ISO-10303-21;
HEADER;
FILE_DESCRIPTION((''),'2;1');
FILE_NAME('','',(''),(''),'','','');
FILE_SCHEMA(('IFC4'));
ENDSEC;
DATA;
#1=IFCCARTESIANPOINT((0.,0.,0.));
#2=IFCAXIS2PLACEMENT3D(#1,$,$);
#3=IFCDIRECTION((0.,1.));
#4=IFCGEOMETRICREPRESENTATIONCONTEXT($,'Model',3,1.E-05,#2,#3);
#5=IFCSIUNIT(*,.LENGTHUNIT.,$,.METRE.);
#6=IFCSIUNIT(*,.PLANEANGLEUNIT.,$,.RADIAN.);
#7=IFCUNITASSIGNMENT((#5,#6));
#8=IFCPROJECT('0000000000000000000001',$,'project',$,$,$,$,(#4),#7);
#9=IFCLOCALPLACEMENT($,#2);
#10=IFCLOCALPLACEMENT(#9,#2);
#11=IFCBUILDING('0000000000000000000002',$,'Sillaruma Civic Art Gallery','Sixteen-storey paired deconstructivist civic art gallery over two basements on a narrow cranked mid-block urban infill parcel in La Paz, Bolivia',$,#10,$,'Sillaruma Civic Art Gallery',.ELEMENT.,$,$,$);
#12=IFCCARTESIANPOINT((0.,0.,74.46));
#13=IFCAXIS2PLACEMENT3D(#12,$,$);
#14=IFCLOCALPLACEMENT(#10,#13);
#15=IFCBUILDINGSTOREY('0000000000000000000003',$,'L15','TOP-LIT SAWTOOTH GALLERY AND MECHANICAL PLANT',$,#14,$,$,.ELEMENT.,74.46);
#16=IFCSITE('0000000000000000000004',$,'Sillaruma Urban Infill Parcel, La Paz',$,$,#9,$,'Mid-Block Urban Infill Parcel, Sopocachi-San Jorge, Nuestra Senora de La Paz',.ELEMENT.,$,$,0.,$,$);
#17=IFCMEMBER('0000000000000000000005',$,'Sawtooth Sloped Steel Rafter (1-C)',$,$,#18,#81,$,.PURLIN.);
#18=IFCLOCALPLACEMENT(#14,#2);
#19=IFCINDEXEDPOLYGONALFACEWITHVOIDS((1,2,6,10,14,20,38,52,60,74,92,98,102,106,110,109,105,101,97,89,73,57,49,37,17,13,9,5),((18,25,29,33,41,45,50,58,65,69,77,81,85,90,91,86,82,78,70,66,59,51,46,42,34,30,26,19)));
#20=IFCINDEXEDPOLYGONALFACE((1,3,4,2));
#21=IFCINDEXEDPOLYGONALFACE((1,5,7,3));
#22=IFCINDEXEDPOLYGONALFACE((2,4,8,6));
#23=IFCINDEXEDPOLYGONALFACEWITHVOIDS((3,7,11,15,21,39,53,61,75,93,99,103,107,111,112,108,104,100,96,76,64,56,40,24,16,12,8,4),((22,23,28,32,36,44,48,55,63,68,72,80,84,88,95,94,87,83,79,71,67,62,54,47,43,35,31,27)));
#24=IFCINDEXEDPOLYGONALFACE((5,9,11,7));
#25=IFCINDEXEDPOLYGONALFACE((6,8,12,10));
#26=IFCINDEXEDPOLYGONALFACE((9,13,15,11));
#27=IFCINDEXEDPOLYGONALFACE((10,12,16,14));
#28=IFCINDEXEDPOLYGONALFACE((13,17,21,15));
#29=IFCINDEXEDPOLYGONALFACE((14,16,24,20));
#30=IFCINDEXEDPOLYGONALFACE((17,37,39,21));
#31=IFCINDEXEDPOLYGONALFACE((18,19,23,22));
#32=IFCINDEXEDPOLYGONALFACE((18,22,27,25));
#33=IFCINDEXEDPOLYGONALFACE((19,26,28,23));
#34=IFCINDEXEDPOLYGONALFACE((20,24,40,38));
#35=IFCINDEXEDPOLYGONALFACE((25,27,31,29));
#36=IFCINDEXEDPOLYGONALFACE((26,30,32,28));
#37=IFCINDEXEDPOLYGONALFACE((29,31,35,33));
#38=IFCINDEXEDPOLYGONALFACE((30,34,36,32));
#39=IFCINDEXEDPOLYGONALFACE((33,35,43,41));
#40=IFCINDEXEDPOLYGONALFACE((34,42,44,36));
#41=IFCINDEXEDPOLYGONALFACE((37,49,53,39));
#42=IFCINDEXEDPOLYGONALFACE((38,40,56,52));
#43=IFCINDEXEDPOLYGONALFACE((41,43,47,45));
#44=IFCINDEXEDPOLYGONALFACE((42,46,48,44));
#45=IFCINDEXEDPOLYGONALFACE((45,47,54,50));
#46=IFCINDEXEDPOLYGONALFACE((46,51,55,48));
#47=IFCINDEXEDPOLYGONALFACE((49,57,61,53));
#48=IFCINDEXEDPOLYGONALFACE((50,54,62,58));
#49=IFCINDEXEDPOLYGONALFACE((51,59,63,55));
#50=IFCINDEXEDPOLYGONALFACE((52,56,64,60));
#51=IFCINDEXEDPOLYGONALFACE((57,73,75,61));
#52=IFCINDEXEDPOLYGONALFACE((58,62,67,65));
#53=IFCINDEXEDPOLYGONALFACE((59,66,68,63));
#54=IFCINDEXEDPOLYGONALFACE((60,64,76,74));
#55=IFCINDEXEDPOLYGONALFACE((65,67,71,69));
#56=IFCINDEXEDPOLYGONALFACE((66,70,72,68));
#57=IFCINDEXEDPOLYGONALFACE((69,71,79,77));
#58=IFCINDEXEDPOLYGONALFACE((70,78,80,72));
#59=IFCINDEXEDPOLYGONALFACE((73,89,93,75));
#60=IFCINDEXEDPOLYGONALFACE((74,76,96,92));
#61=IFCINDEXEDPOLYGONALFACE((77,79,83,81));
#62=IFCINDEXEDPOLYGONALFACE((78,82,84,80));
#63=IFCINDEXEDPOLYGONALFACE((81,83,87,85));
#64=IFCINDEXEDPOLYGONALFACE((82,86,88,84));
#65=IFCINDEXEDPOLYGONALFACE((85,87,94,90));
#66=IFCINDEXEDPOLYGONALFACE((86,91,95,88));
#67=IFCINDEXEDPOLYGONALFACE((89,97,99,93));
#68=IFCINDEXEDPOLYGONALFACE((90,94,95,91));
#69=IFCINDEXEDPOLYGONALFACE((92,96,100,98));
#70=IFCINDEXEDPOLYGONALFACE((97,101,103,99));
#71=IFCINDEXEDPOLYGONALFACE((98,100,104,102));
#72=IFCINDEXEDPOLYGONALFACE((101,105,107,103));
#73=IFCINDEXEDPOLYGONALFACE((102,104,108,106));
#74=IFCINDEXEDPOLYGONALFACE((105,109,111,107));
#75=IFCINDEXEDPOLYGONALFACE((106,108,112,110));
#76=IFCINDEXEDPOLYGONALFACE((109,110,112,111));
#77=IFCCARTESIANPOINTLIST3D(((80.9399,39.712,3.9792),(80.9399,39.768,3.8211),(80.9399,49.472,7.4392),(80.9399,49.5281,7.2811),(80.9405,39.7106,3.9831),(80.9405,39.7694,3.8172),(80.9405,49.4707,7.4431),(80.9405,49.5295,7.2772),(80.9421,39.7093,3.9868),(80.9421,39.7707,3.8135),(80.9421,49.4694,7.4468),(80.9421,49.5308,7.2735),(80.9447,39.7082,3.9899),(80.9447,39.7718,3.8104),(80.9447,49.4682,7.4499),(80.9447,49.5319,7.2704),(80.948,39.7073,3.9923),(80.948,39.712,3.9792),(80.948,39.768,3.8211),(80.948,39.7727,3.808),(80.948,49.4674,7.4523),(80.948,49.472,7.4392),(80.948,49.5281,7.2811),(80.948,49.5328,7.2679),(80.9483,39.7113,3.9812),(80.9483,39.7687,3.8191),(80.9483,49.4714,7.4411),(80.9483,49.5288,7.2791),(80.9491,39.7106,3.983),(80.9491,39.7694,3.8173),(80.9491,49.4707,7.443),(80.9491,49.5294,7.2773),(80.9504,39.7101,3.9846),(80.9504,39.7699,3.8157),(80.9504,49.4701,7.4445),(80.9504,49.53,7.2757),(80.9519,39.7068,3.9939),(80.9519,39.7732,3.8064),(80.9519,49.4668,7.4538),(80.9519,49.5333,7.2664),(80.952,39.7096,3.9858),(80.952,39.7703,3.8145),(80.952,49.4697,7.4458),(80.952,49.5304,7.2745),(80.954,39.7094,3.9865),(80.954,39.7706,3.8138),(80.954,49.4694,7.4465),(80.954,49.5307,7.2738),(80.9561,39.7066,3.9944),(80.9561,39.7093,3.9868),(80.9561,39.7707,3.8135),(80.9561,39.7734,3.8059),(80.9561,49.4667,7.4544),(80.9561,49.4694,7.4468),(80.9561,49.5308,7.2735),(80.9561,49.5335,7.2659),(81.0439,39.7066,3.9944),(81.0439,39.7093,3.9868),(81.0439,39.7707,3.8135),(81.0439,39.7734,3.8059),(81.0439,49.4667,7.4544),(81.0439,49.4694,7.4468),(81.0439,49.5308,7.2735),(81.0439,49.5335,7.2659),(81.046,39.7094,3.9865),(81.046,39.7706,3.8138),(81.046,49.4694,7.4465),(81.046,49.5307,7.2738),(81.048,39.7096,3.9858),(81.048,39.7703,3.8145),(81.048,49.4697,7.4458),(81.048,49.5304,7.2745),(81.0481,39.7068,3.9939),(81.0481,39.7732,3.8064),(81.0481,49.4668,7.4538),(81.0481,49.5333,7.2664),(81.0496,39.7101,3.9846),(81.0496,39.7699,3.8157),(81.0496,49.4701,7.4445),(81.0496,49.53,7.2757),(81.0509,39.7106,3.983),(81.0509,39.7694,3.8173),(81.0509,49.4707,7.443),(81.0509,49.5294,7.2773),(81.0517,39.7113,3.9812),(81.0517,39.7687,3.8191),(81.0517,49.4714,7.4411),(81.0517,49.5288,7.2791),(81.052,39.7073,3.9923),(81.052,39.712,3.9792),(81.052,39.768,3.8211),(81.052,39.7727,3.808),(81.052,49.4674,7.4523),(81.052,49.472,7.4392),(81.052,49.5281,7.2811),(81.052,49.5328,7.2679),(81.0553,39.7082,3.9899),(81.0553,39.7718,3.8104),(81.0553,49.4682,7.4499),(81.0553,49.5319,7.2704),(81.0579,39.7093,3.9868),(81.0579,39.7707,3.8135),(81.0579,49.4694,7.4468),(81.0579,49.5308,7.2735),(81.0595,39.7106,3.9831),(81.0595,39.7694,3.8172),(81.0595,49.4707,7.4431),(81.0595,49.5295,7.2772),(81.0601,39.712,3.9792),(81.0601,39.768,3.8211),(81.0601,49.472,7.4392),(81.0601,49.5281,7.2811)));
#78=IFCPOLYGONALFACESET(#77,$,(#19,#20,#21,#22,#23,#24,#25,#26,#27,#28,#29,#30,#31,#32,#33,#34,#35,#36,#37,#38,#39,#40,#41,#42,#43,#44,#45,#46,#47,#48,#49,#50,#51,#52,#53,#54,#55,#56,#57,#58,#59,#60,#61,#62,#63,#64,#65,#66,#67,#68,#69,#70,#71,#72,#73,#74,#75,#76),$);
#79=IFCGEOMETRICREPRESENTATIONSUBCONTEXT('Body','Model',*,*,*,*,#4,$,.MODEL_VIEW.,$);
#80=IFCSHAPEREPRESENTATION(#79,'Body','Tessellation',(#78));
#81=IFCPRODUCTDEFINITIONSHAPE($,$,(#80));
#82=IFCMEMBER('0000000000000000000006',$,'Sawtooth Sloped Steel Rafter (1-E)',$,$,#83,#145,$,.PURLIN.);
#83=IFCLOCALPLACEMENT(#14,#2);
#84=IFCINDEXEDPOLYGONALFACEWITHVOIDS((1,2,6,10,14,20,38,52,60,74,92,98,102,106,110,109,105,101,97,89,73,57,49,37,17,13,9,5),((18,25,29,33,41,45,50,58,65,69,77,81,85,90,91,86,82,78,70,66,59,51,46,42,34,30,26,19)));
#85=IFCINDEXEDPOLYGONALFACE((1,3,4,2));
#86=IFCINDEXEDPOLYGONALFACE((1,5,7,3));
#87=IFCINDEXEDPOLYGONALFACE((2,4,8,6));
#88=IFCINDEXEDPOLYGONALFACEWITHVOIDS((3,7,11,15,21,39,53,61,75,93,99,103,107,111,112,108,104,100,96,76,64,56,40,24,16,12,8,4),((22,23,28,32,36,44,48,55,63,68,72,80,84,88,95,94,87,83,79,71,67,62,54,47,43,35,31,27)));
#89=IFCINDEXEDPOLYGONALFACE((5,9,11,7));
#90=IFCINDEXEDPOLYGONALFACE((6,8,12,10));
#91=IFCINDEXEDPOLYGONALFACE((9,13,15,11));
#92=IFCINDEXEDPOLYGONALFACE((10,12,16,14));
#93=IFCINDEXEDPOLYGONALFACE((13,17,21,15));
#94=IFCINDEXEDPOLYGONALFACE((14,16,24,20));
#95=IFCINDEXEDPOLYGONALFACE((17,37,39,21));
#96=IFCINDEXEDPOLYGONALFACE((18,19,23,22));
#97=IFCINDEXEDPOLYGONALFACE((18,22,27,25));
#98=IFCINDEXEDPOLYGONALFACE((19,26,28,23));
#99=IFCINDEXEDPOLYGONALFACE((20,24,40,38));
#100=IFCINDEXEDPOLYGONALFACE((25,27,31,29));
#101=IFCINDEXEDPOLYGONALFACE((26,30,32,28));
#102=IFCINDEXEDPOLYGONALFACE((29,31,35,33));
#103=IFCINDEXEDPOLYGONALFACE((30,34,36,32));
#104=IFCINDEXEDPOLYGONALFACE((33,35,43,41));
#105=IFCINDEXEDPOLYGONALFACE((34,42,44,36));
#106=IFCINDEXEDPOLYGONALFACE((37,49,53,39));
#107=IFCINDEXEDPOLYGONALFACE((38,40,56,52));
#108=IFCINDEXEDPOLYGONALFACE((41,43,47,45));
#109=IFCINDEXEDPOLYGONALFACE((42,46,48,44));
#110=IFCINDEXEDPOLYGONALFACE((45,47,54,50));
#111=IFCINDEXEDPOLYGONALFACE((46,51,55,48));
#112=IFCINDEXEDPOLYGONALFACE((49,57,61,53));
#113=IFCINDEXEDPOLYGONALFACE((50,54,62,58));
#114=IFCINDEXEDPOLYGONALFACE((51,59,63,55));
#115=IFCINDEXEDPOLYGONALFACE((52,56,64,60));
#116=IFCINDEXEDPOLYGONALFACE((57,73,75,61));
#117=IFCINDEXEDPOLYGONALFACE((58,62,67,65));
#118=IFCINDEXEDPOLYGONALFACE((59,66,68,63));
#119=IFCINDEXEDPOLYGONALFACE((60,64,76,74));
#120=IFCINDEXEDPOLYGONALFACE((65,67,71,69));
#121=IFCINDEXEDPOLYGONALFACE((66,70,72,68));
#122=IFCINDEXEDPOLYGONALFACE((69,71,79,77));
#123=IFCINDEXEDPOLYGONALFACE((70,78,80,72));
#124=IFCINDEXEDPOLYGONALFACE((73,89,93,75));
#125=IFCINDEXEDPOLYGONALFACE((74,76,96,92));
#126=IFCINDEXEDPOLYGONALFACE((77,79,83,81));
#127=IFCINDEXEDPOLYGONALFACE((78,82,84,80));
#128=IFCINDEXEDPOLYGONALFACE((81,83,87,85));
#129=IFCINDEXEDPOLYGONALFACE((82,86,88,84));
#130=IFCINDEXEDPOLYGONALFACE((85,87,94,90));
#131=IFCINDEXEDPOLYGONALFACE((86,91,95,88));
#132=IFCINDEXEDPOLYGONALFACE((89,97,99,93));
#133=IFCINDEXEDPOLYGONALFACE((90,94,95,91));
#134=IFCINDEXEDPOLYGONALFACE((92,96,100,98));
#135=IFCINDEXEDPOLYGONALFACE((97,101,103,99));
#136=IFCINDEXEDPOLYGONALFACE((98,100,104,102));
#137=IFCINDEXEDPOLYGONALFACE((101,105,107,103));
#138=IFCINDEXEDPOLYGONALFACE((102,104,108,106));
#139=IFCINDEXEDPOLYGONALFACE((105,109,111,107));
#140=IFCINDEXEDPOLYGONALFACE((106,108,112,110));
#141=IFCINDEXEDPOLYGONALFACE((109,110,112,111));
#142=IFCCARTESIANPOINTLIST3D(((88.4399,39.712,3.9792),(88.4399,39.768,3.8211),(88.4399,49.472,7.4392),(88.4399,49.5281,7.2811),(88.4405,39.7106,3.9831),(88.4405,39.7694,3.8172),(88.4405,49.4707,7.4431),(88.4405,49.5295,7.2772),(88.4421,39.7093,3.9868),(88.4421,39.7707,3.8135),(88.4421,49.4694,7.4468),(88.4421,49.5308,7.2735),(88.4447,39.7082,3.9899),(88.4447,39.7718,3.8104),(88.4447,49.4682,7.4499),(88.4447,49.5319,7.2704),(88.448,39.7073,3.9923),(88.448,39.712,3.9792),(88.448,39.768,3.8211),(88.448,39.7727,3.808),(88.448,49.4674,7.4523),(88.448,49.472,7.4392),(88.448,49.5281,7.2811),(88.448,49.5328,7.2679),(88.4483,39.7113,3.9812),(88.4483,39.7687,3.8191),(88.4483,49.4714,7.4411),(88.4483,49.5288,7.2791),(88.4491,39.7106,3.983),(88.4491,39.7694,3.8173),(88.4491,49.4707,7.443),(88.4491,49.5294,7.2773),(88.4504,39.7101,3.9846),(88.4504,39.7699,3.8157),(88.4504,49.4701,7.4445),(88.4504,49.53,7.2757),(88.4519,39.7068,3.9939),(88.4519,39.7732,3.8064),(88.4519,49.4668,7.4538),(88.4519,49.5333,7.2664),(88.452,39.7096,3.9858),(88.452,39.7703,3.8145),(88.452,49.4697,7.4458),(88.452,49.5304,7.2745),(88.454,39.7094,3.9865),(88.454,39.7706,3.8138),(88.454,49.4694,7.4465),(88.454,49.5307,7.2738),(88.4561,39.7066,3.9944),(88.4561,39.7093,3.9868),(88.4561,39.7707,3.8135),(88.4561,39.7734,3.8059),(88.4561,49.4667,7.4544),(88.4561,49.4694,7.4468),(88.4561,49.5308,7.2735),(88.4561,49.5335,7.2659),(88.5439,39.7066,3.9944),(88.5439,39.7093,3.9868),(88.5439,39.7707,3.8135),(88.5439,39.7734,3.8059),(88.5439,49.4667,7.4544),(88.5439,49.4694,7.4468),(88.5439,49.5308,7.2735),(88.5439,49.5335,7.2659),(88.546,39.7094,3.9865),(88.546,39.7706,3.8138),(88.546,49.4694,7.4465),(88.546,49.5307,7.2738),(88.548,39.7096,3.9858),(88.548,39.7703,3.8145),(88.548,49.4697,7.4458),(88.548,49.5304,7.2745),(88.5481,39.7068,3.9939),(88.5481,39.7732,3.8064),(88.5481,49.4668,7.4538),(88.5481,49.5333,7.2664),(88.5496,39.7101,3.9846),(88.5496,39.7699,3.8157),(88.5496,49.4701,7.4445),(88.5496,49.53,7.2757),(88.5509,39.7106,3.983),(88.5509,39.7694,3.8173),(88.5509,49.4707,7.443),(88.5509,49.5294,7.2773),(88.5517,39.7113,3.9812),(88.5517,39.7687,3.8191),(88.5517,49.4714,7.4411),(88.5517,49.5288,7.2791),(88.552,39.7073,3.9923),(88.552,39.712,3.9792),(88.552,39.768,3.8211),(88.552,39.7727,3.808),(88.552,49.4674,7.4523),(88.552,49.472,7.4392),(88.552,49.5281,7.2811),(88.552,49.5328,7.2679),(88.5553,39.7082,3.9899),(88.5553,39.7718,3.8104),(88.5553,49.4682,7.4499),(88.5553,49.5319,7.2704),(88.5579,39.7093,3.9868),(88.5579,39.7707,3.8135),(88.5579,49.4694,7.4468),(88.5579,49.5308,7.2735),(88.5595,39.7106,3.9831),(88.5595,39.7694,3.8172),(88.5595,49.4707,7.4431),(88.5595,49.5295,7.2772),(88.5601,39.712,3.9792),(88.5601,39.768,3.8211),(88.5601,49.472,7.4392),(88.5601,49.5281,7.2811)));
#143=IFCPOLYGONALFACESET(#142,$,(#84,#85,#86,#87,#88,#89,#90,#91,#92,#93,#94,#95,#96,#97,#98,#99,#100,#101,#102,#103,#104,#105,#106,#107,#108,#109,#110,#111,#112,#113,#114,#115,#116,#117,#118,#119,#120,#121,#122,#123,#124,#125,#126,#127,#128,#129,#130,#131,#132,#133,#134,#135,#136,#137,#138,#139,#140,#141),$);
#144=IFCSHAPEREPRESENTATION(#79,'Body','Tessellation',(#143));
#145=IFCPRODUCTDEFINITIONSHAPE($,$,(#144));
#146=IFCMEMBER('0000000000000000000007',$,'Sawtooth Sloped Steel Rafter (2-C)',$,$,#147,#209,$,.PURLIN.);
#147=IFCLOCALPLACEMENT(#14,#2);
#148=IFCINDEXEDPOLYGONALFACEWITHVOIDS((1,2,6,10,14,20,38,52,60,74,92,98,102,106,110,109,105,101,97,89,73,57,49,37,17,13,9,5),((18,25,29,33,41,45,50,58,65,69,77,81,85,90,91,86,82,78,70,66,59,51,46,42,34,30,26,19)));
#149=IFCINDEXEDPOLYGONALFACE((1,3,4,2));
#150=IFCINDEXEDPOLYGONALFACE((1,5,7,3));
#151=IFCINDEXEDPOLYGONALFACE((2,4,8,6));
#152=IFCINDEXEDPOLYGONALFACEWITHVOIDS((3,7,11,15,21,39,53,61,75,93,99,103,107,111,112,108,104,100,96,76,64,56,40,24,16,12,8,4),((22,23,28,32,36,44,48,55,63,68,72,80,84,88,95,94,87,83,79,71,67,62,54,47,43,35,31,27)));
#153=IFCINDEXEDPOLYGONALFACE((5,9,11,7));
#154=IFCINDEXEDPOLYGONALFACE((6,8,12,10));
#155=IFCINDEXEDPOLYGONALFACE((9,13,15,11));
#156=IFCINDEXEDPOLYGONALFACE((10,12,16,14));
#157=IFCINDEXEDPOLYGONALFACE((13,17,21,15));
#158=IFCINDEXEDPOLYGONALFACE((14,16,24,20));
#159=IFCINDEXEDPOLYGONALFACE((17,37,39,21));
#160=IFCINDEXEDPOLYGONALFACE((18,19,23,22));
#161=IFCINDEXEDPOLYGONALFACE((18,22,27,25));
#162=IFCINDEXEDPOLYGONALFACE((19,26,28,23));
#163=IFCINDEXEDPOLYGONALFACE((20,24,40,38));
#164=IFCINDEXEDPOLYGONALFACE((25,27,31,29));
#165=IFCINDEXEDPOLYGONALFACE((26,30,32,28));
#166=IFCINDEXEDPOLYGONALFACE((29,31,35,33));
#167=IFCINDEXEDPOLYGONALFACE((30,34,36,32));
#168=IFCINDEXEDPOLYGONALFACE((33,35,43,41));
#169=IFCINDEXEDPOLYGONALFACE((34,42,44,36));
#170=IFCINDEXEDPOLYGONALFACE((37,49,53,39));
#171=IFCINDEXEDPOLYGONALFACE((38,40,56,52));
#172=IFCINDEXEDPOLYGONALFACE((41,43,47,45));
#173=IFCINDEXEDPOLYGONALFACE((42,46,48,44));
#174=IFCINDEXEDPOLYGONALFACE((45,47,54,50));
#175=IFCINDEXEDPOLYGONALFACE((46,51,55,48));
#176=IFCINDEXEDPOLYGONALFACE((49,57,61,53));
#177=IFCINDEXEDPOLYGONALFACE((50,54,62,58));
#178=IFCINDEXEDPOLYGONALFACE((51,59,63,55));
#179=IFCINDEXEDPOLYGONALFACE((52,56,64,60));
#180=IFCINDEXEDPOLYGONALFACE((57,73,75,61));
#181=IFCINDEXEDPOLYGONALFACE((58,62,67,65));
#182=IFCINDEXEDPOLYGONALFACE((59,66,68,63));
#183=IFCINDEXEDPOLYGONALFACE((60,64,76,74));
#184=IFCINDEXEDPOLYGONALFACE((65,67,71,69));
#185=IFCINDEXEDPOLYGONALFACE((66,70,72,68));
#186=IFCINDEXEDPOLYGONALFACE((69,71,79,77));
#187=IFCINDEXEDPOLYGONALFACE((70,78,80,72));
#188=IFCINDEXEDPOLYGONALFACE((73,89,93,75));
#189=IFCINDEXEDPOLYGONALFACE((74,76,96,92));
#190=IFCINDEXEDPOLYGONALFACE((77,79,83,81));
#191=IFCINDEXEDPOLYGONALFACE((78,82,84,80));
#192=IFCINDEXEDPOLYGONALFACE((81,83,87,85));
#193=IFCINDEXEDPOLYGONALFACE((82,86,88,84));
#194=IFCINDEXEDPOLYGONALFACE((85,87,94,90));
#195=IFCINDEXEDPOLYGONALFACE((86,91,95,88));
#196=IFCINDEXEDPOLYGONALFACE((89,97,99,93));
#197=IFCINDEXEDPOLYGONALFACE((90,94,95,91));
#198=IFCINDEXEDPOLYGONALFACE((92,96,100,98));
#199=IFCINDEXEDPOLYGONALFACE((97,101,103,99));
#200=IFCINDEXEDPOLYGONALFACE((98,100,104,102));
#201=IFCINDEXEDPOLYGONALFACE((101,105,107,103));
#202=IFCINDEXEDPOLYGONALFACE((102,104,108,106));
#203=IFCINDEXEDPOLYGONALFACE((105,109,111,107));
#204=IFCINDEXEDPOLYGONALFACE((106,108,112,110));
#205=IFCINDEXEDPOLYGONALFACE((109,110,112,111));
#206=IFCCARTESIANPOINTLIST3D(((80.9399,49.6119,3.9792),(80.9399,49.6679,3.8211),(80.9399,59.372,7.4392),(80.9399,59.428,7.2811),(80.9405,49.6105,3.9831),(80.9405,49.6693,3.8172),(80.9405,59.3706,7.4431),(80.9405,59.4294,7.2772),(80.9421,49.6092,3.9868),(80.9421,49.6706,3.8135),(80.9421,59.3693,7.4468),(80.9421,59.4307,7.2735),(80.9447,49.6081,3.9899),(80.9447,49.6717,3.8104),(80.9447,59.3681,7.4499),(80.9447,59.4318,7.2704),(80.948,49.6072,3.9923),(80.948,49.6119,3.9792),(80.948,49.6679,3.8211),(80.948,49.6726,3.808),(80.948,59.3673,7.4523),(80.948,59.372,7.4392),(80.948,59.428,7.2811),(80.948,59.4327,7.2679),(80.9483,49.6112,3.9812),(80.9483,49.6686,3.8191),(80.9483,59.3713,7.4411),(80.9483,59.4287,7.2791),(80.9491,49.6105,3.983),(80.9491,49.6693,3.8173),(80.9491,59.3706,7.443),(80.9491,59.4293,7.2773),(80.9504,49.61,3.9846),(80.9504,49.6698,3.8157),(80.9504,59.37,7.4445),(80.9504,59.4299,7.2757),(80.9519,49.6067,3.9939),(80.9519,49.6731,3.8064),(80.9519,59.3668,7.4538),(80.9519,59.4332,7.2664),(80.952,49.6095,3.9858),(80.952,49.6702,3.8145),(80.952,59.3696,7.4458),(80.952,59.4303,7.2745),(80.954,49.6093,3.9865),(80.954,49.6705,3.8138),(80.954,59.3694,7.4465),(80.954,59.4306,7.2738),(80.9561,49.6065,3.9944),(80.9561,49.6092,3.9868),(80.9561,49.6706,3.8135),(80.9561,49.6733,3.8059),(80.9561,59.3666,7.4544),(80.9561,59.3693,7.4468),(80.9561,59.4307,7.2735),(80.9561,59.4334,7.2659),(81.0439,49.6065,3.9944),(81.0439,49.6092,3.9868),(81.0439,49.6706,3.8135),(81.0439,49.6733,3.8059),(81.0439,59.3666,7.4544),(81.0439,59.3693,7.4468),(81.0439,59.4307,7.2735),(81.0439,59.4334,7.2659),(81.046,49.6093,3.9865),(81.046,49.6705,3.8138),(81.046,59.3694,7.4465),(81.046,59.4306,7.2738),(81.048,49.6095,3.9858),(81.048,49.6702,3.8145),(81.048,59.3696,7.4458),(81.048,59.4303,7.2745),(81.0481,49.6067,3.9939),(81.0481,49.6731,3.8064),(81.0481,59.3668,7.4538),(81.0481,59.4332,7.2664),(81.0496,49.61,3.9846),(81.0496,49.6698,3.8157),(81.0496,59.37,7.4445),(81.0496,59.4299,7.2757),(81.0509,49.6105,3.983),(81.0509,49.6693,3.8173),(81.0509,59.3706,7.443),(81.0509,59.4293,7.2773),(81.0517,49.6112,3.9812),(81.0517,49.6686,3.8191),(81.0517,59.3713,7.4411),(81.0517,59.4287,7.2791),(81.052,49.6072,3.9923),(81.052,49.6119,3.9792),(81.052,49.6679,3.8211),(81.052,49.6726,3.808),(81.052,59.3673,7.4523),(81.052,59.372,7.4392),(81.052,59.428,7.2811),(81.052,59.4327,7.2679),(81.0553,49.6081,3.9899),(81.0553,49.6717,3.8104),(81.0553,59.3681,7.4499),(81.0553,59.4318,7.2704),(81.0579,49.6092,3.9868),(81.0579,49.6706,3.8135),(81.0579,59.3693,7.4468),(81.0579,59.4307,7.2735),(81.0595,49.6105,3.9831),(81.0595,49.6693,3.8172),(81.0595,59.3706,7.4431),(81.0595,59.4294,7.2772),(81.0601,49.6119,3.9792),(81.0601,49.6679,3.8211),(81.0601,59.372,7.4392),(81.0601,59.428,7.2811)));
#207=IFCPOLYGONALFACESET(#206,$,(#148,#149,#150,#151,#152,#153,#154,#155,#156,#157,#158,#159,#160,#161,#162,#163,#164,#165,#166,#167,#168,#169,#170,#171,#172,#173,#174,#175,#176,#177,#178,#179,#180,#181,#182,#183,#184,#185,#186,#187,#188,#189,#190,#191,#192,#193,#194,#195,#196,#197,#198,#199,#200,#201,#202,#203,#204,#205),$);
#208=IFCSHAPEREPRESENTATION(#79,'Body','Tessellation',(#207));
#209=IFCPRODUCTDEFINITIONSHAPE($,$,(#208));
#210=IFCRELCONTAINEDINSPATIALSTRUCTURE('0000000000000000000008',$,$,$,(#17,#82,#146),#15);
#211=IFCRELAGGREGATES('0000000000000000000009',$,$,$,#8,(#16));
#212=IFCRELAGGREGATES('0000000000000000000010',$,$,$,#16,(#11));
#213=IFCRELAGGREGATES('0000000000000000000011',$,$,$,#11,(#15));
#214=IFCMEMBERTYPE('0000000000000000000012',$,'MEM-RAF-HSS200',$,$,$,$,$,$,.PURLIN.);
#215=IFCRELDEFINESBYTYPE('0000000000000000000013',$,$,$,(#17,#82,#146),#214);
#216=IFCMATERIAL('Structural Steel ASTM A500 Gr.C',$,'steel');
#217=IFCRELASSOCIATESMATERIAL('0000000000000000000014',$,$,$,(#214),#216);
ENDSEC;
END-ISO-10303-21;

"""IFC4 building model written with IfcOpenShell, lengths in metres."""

from ifc_helpers import new_model, si_unit, direction, frame, origin, origin_2d, place, context, subcontext, project, spatial, hollow_rectangle, extrude, material, material_profile, profile_set, type_object, element, save


model = new_model("IFC4")

# Units and contexts
model_context = context("Model", 3, precision=1e-05, world=origin(), true_north=direction((0.0, 1.0)))
body_context = subcontext(model_context, "Body", "Model", "MODEL_VIEW")
ifc_project = project(units=[si_unit("LENGTHUNIT", "METRE"), si_unit("PLANEANGLEUNIT", "RADIAN")], contexts=[model_context])

# Site, building, storey
site_placement = place(None, origin())
site = spatial("IfcSite", under=ifc_project, at=site_placement, Name="Sillaruma Urban Infill Parcel, La Paz", LongName="Mid-Block Urban Infill Parcel, Sopocachi-San Jorge, Nuestra Senora de La Paz", CompositionType="ELEMENT", RefElevation=0.0)
building_placement = place(site_placement, origin())
building = spatial("IfcBuilding", under=site, at=building_placement, Name="Sillaruma Civic Art Gallery", Description="Sixteen-storey paired deconstructivist civic art gallery over two basements on a narrow cranked mid-block urban infill parcel in La Paz, Bolivia", LongName="Sillaruma Civic Art Gallery", CompositionType="ELEMENT")
storey_placement = place(building_placement, frame((0.0, 0.0, 74.46)))
storey = spatial("IfcBuildingStorey", under=building, at=storey_placement, Name="L15", Description="TOP-LIT SAWTOOTH GALLERY AND MECHANICAL PLANT", CompositionType="ELEMENT", Elevation=74.46)

# Members
ifc_material_1 = material(Name="Structural Steel ASTM A500 Gr.C", Category="steel")
ifc_material_profile_1 = material_profile(ifc_material_1, hollow_rectangle(XDim=0.1201, YDim=0.2, WallThickness=0.0081, InnerFilletRadius=0.0081, OuterFilletRadius=0.0161, at=origin_2d()), Name="HSS200x120x8")
ifc_profile_set_1 = profile_set([ifc_material_profile_1], Name="Structural Steel ASTM A500 Gr.C")
member_type_1 = type_object("IfcMemberType", Name="MEM-RAF-HSS200", PredefinedType="PURLIN", material=ifc_profile_set_1)
for number, where, z_axis, x_axis, name in (
    (1, (81.0, 39.74, 3.9001), (0.0, 0.942527, 0.33413), (-1.0, 0.0, 0.0), "Sawtooth Sloped Steel Rafter (1-C)"),
    (2, (88.5, 39.74, 3.9001), (0.0, 0.942527, 0.33413), (-1.0, 0.0, 0.0), "Sawtooth Sloped Steel Rafter (1-E)"),
    (3, (81.0, 49.6399, 3.9001), (0.0, 0.942527, 0.33413), (-1.0, 0.0, 0.0), "Sawtooth Sloped Steel Rafter (2-C)"),
):
    element("IfcMember", number, at=place(storey_placement, frame(where, z_axis=z_axis, x_axis=x_axis)), inside=storey, type_object=member_type_1, Name=name, PredefinedType="PURLIN", context=body_context, shape_type="SweptSolid", body=[
        extrude(hollow_rectangle(XDim=0.1201, YDim=0.2, WallThickness=0.0081, InnerFilletRadius=0.0081, OuterFilletRadius=0.0161, at=origin_2d()), origin(), (0.0, 0.0, 1.0), 10.3552),
    ])

save(model, "model.ifc")
